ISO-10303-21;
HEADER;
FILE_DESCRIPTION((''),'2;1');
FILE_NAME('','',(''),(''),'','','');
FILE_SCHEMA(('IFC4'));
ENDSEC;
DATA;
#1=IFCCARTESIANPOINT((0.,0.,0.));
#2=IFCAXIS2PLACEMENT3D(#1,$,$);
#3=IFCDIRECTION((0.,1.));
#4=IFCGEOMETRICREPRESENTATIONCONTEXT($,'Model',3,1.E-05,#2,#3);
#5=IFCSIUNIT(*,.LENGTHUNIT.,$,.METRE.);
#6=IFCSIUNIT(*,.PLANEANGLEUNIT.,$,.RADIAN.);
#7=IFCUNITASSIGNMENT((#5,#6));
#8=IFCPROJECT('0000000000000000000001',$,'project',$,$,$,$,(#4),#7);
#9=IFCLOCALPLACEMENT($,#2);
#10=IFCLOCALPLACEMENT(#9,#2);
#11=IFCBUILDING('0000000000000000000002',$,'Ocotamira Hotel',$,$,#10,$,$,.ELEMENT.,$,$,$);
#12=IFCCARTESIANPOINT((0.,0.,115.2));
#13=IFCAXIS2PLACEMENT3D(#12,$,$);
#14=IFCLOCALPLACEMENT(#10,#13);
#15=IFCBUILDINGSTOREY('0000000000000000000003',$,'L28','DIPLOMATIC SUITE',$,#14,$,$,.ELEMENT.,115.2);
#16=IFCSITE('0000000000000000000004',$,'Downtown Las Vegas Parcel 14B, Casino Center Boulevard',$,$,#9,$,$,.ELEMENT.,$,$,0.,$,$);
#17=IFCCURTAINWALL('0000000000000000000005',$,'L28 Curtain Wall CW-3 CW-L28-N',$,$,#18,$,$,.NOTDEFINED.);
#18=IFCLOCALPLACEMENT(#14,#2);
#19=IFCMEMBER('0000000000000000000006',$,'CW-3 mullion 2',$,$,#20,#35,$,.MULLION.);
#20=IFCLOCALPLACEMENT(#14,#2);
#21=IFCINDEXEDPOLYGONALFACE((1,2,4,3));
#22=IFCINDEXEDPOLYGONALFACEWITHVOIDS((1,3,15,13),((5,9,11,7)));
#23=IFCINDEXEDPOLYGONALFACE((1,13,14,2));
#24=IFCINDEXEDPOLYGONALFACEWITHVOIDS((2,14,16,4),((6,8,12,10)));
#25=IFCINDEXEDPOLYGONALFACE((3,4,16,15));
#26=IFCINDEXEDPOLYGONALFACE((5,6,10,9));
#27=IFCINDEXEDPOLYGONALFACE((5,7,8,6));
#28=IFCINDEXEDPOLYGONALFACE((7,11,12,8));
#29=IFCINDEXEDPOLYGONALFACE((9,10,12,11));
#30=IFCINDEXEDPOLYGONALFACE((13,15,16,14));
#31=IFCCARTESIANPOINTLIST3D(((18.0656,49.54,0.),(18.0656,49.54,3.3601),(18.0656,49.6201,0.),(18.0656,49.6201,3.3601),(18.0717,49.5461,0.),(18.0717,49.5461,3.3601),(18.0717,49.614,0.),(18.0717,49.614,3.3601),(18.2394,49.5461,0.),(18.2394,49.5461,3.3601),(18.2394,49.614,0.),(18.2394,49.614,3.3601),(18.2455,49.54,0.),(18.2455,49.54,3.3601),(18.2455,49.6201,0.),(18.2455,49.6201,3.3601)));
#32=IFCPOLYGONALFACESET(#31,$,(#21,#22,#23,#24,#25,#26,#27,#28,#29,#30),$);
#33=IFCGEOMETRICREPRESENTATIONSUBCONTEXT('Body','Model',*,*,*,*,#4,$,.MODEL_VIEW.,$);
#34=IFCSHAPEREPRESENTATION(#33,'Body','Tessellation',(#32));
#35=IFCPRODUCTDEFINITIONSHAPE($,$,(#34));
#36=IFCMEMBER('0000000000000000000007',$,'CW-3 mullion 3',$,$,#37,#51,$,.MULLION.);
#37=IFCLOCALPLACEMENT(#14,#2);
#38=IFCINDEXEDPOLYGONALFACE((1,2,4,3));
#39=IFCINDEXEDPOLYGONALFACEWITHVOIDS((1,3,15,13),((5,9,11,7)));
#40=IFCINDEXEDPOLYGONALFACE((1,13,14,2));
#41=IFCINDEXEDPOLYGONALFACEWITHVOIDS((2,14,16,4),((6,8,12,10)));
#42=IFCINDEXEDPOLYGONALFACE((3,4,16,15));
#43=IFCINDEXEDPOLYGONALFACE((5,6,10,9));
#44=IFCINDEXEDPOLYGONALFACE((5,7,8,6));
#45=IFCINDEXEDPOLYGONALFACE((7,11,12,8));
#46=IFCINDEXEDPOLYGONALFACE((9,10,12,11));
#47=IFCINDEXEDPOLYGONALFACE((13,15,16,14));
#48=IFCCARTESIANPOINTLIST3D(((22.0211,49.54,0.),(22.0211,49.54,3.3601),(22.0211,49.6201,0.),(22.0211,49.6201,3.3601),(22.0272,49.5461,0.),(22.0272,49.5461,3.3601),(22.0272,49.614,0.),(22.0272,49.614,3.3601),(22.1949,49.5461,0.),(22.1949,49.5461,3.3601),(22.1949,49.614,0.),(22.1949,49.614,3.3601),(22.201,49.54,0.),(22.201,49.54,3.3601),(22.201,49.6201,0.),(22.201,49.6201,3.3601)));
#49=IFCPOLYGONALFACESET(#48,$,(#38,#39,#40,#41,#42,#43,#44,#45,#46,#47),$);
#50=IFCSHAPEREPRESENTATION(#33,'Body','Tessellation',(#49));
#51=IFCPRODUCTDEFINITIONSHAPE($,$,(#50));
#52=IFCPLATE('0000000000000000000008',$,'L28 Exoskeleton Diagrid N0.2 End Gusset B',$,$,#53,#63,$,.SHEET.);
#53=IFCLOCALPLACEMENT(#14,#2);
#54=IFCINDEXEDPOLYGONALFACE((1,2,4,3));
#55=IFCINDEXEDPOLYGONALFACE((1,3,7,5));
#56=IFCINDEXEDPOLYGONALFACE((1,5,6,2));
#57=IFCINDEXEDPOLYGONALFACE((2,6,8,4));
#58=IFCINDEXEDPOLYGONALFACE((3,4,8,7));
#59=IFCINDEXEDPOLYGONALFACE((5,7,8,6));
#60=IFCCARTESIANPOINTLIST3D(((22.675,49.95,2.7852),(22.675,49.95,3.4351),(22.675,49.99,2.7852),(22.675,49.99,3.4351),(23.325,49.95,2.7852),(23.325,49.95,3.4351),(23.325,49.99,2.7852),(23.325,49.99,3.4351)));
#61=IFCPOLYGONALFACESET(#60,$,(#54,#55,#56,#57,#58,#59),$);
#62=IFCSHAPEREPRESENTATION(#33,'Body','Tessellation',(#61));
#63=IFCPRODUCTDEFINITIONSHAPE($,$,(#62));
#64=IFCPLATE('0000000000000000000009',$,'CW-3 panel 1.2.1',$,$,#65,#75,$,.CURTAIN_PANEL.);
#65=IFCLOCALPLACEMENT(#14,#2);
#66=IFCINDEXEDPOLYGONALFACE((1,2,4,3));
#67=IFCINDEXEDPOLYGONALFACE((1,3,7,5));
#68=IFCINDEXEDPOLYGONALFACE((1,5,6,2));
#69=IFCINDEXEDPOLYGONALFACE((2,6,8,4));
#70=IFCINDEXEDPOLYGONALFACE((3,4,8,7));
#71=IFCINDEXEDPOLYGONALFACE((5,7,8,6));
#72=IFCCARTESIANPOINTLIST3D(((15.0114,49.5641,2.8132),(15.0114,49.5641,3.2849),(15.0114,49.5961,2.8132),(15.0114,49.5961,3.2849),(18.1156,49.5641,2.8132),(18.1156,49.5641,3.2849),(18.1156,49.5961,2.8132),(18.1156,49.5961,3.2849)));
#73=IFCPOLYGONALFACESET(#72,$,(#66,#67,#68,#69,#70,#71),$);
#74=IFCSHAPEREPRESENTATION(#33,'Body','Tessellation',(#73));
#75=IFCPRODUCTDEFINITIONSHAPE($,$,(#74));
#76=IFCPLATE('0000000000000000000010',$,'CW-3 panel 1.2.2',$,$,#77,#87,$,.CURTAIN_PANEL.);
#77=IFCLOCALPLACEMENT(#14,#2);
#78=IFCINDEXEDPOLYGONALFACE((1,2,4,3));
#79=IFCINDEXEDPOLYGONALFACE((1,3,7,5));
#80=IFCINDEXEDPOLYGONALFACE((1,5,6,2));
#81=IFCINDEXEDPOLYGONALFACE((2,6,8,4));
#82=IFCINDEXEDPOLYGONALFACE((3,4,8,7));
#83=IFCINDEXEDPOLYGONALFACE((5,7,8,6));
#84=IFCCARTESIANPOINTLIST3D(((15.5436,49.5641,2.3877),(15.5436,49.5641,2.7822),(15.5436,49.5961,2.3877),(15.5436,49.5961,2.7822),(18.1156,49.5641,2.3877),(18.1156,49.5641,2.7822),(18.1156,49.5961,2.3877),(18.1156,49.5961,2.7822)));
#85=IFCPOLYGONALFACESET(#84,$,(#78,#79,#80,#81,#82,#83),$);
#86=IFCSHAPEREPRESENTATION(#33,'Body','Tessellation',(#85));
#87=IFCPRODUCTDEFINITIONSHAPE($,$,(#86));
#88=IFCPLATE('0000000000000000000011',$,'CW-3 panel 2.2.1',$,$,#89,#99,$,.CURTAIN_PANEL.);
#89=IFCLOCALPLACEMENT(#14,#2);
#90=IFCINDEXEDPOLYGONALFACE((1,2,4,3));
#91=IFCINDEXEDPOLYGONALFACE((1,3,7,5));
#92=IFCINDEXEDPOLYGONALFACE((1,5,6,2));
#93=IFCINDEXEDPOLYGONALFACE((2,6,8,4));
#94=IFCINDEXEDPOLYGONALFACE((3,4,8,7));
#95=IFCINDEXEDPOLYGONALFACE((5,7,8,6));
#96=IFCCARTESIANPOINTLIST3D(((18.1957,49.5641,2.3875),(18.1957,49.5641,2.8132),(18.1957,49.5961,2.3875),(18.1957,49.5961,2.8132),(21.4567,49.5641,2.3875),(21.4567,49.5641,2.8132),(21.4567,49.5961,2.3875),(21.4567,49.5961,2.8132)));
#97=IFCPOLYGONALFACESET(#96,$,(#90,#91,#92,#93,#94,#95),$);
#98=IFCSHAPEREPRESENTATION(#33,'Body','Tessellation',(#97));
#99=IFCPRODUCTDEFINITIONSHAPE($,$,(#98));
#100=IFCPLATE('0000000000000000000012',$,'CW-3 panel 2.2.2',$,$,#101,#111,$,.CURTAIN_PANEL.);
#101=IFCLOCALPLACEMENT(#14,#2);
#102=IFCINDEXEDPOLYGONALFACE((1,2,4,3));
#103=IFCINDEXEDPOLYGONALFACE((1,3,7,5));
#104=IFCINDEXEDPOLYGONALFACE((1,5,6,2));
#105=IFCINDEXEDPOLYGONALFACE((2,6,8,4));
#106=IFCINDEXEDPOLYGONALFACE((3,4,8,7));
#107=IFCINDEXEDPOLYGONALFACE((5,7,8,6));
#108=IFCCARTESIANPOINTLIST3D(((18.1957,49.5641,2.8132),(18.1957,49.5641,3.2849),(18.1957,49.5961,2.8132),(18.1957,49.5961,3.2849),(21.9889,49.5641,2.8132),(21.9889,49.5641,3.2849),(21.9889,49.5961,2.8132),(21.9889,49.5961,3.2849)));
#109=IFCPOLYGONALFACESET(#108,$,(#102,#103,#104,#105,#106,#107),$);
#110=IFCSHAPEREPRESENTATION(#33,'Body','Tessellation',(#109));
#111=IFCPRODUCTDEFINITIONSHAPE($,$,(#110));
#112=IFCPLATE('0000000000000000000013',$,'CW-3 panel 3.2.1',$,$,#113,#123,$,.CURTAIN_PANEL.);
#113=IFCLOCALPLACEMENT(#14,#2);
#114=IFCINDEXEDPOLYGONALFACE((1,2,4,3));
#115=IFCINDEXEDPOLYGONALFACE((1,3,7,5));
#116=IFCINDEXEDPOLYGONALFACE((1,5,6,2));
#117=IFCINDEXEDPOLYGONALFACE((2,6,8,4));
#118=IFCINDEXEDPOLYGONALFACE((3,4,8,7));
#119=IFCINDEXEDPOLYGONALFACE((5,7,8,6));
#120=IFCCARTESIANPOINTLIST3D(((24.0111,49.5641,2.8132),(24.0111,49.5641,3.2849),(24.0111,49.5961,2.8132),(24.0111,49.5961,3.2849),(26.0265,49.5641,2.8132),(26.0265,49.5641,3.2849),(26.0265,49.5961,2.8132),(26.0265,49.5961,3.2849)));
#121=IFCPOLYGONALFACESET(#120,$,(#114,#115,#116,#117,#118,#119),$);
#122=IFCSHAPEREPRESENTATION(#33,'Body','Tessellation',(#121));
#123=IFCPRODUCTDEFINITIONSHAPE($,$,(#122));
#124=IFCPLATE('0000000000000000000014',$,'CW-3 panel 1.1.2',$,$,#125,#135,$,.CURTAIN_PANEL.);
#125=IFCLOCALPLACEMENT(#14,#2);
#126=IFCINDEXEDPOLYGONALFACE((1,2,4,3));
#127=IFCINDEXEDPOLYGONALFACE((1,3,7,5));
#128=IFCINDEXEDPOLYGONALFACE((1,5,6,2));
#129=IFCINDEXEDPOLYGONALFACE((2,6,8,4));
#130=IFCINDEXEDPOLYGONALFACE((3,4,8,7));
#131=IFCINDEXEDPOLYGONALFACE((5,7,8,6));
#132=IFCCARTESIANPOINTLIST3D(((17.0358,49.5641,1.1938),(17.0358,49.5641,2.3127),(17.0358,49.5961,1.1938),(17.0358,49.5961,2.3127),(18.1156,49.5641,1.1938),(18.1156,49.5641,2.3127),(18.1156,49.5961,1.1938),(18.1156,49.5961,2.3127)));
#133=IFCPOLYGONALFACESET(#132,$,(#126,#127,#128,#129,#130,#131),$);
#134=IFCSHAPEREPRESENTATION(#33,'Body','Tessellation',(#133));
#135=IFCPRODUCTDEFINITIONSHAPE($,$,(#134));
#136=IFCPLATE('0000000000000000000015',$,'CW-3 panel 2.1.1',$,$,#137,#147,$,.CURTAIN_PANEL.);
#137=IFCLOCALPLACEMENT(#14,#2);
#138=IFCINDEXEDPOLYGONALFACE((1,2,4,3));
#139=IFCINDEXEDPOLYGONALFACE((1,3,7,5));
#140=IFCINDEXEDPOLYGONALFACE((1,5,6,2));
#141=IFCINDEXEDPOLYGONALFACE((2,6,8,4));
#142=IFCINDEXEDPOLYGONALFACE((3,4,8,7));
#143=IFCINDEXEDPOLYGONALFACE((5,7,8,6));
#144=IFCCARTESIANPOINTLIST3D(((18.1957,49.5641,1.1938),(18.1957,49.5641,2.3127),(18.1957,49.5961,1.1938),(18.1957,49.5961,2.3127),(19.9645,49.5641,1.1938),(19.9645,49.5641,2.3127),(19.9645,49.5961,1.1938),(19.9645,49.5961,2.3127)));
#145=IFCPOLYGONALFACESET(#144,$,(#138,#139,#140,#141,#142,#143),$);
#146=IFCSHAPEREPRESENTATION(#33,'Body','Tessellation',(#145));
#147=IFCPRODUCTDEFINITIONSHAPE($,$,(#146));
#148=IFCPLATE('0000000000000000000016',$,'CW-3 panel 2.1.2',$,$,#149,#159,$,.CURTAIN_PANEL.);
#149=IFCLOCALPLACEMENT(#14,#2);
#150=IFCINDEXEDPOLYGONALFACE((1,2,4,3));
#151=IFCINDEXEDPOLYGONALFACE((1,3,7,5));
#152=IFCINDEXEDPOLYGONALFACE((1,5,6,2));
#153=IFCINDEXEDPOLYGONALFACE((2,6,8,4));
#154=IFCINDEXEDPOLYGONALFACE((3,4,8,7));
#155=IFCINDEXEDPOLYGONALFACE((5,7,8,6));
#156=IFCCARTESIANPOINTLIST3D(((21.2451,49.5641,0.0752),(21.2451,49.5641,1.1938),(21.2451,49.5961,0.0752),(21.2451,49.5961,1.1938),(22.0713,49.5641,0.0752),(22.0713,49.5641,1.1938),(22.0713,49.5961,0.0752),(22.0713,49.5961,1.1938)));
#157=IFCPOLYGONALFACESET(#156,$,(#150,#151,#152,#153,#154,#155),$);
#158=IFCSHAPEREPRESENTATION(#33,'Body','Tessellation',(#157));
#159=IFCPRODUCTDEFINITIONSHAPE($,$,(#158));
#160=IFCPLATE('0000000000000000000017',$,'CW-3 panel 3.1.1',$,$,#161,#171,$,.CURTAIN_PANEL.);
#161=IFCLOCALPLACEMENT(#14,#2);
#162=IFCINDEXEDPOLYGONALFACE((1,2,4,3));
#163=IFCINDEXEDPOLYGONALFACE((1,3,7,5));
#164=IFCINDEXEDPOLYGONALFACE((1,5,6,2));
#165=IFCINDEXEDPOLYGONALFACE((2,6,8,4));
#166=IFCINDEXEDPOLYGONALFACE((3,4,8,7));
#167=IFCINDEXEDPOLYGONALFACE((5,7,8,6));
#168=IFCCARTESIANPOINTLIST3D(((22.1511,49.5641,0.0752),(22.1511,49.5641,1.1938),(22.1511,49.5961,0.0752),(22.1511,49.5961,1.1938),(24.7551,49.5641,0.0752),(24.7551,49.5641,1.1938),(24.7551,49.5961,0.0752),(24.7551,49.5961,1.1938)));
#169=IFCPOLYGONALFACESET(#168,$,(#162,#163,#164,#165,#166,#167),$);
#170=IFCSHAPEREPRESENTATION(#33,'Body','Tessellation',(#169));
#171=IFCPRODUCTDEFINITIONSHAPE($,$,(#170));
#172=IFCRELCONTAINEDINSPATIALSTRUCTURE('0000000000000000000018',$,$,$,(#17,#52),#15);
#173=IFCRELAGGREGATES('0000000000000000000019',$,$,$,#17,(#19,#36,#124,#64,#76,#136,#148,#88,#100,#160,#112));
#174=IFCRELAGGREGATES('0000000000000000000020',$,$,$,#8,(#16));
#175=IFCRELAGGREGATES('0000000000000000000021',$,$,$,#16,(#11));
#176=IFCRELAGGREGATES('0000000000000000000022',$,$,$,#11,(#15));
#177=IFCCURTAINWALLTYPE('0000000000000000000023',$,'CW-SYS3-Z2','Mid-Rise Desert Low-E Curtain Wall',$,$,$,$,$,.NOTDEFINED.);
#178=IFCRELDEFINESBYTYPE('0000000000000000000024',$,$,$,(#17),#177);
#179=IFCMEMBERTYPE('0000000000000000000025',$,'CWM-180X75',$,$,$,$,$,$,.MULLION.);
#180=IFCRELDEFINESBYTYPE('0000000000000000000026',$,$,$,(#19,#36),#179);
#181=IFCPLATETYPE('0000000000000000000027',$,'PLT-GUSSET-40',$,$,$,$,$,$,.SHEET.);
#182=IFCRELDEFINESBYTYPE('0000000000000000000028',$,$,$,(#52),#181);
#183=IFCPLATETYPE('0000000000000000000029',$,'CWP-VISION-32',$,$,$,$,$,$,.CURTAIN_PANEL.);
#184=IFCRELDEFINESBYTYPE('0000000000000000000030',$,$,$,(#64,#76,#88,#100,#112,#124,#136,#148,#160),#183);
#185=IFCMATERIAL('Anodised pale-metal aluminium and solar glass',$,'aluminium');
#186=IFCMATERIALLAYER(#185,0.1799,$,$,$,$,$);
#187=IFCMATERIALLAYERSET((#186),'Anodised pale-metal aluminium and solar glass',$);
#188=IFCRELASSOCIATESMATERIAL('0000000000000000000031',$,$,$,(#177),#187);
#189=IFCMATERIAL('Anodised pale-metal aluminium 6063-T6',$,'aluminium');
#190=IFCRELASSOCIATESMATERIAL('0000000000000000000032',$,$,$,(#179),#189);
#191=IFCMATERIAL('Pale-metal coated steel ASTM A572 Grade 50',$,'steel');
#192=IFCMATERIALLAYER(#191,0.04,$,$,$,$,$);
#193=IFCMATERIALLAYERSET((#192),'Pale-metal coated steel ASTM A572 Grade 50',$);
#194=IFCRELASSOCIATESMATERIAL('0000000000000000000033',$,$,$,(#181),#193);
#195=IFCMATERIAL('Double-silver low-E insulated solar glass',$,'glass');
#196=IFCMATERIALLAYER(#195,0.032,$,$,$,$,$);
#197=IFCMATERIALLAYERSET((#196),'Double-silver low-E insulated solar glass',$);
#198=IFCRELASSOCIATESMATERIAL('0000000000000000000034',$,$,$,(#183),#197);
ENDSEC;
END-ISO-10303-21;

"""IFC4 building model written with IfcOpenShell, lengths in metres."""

from ifc_helpers import new_model, si_unit, direction, frame, origin, origin_2d, place, context, subcontext, project, spatial, rectangle, hollow_rectangle, extrude, source, transform, mapped, material, layer, layer_set, material_profile, profile_set, type_object, element, aggregate, save


model = new_model("IFC4")

# Units and contexts
model_context = context("Model", 3, precision=1e-05, world=origin(), true_north=direction((0.0, 1.0)))
body_context = subcontext(model_context, "Body", "Model", "MODEL_VIEW")
ifc_project = project(units=[si_unit("LENGTHUNIT", "METRE"), si_unit("PLANEANGLEUNIT", "RADIAN")], contexts=[model_context])

# Site, building, storey
site_placement = place(None, origin())
site = spatial("IfcSite", under=ifc_project, at=site_placement, Name="Downtown Las Vegas Parcel 14B, Casino Center Boulevard", CompositionType="ELEMENT", RefElevation=0.0)
building_placement = place(site_placement, origin())
building = spatial("IfcBuilding", under=site, at=building_placement, Name="Ocotamira Hotel", CompositionType="ELEMENT")
storey_placement = place(building_placement, frame((0.0, 0.0, 115.2)))
storey = spatial("IfcBuildingStorey", under=building, at=storey_placement, Name="L28", Description="DIPLOMATIC SUITE", CompositionType="ELEMENT", Elevation=115.2)

# Curtain wall, members
ifc_material_1 = material(Name="Anodised pale-metal aluminium and solar glass", Category="aluminium")
ifc_layer_1 = layer(ifc_material_1, 0.1799)
ifc_layer_set_1 = layer_set([ifc_layer_1], Name="Anodised pale-metal aluminium and solar glass")
curtain_wall_type = type_object("IfcCurtainWallType", Name="CW-SYS3-Z2", Description="Mid-Rise Desert Low-E Curtain Wall", PredefinedType="NOTDEFINED", material=ifc_layer_set_1)
curtain_wall_placement = place(storey_placement, origin())
curtain_wall = element("IfcCurtainWall", 1, at=curtain_wall_placement, inside=storey, type_object=curtain_wall_type, Name="L28 Curtain Wall CW-3 CW-L28-N", PredefinedType="NOTDEFINED")
ifc_material_2 = material(Name="Anodised pale-metal aluminium 6063-T6", Category="aluminium")
ifc_material_profile_1 = material_profile(ifc_material_2, hollow_rectangle(XDim=0.0801, YDim=0.1799, WallThickness=0.0061, at=origin_2d()), Name="HSS180X80X6")
ifc_profile_set_1 = profile_set([ifc_material_profile_1], Name="Anodised pale-metal aluminium 6063-T6")
member_type_1 = type_object("IfcMemberType", Name="CWM-180X75", PredefinedType="MULLION", material=ifc_profile_set_1)
shared_shape_1 = source(origin(), body_context, "Body", "SweptSolid", [
    extrude(hollow_rectangle(XDim=0.0801, YDim=0.1799, WallThickness=0.0061, at=origin_2d()), origin(), (0.0, 0.0, 1.0), 3.3601),
])
member_1_placement = place(storey_placement, frame((18.1555, 49.5801, 0.0), z_axis=(0.0, 0.0, 1.0), x_axis=(0.0, 1.0, 0.0)))
member_1 = element("IfcMember", 2, at=member_1_placement, type_object=member_type_1, Name="CW-3 mullion 2", PredefinedType="MULLION", context=body_context, shape_type="MappedRepresentation", body=[
    mapped(shared_shape_1, transform((0.0, 0.0, 0.0), scale=1.0)),
])
member_2_placement = place(storey_placement, frame((22.1111, 49.5801, 0.0), z_axis=(0.0, 0.0, 1.0), x_axis=(0.0, 1.0, 0.0)))
member_2 = element("IfcMember", 3, at=member_2_placement, type_object=member_type_1, Name="CW-3 mullion 3", PredefinedType="MULLION", context=body_context, shape_type="MappedRepresentation", body=[
    mapped(shared_shape_1, transform((0.0, 0.0, 0.0), scale=1.0)),
])

# Plates
ifc_material_3 = material(Name="Pale-metal coated steel ASTM A572 Grade 50", Category="steel")
ifc_layer_2 = layer(ifc_material_3, 0.04)
ifc_layer_set_2 = layer_set([ifc_layer_2], Name="Pale-metal coated steel ASTM A572 Grade 50")
plate_type_1 = type_object("IfcPlateType", Name="PLT-GUSSET-40", PredefinedType="SHEET", material=ifc_layer_set_2)
shared_shape_2 = source(origin(), body_context, "Body", "SweptSolid", [
    extrude(rectangle(XDim=0.6499, YDim=0.04, at=origin_2d()), origin(), (0.0, 0.0, 1.0), 0.6499),
])
plate_1_placement = place(storey_placement, frame((23.0, 49.97, 2.7852), z_axis=(0.0, 0.0, 1.0), x_axis=(1.0, 0.0, 0.0)))
element("IfcPlate", 4, at=plate_1_placement, inside=storey, type_object=plate_type_1, Name="L28 Exoskeleton Diagrid N0.2 End Gusset B", PredefinedType="SHEET", context=body_context, shape_type="MappedRepresentation", body=[
    mapped(shared_shape_2, transform((0.0, 0.0, 0.0), scale=1.0)),
])
ifc_material_4 = material(Name="Double-silver low-E insulated solar glass", Category="glass")
ifc_layer_3 = layer(ifc_material_4, 0.032)
ifc_layer_set_3 = layer_set([ifc_layer_3], Name="Double-silver low-E insulated solar glass")
plate_type_2 = type_object("IfcPlateType", Name="CWP-VISION-32", PredefinedType="CURTAIN_PANEL", material=ifc_layer_set_3)
shared_shape_3 = source(origin(), body_context, "Body", "SweptSolid", [
    extrude(rectangle(XDim=3.1042, YDim=0.032, at=origin_2d()), origin(), (0.0, 0.0, 1.0), 0.4717),
])
plate_2_placement = place(storey_placement, frame((16.5635, 49.5801, 2.8132), z_axis=(0.0, 0.0, 1.0), x_axis=(1.0, 0.0, 0.0)))
plate_2 = element("IfcPlate", 5, at=plate_2_placement, type_object=plate_type_2, Name="CW-3 panel 1.2.1", PredefinedType="CURTAIN_PANEL", context=body_context, shape_type="MappedRepresentation", body=[
    mapped(shared_shape_3, transform((0.0, 0.0, 0.0), scale=1.0)),
])
shared_shape_4 = source(origin(), body_context, "Body", "SweptSolid", [
    extrude(rectangle(XDim=2.572, YDim=0.032, at=origin_2d()), origin(), (0.0, 0.0, 1.0), 0.3945),
])
plate_3_placement = place(storey_placement, frame((16.8296, 49.5801, 2.3877), z_axis=(0.0, 0.0, 1.0), x_axis=(1.0, 0.0, 0.0)))
plate_3 = element("IfcPlate", 6, at=plate_3_placement, type_object=plate_type_2, Name="CW-3 panel 1.2.2", PredefinedType="CURTAIN_PANEL", context=body_context, shape_type="MappedRepresentation", body=[
    mapped(shared_shape_4, transform((0.0, 0.0, 0.0), scale=1.0)),
])
shared_shape_5 = source(origin(), body_context, "Body", "SweptSolid", [
    extrude(rectangle(XDim=3.261, YDim=0.032, at=origin_2d()), origin(), (0.0, 0.0, 1.0), 0.4258),
])
plate_4_placement = place(storey_placement, frame((19.8262, 49.5801, 2.3875), z_axis=(0.0, 0.0, 1.0), x_axis=(1.0, 0.0, 0.0)))
plate_4 = element("IfcPlate", 7, at=plate_4_placement, type_object=plate_type_2, Name="CW-3 panel 2.2.1", PredefinedType="CURTAIN_PANEL", context=body_context, shape_type="MappedRepresentation", body=[
    mapped(shared_shape_5, transform((0.0, 0.0, 0.0), scale=1.0)),
])
shared_shape_6 = source(origin(), body_context, "Body", "SweptSolid", [
    extrude(rectangle(XDim=3.7932, YDim=0.032, at=origin_2d()), origin(), (0.0, 0.0, 1.0), 0.4717),
])
plate_5_placement = place(storey_placement, frame((20.0923, 49.5801, 2.8132), z_axis=(0.0, 0.0, 1.0), x_axis=(1.0, 0.0, 0.0)))
plate_5 = element("IfcPlate", 8, at=plate_5_placement, type_object=plate_type_2, Name="CW-3 panel 2.2.2", PredefinedType="CURTAIN_PANEL", context=body_context, shape_type="MappedRepresentation", body=[
    mapped(shared_shape_6, transform((0.0, 0.0, 0.0), scale=1.0)),
])
shared_shape_7 = source(origin(), body_context, "Body", "SweptSolid", [
    extrude(rectangle(XDim=2.0154, YDim=0.032, at=origin_2d()), origin(), (0.0, 0.0, 1.0), 0.4717),
])
plate_6_placement = place(storey_placement, frame((25.0188, 49.5801, 2.8132), z_axis=(0.0, 0.0, 1.0), x_axis=(1.0, 0.0, 0.0)))
plate_6 = element("IfcPlate", 9, at=plate_6_placement, type_object=plate_type_2, Name="CW-3 panel 3.2.1", PredefinedType="CURTAIN_PANEL", context=body_context, shape_type="MappedRepresentation", body=[
    mapped(shared_shape_7, transform((0.0, 0.0, 0.0), scale=1.0)),
])
shared_shape_8 = source(origin(), body_context, "Body", "SweptSolid", [
    extrude(rectangle(XDim=1.0798, YDim=0.032, at=origin_2d()), origin(), (0.0, 0.0, 1.0), 1.1189),
])
plate_7_placement = place(storey_placement, frame((17.5757, 49.5801, 1.1938), z_axis=(0.0, 0.0, 1.0), x_axis=(1.0, 0.0, 0.0)))
plate_7 = element("IfcPlate", 10, at=plate_7_placement, type_object=plate_type_2, Name="CW-3 panel 1.1.2", PredefinedType="CURTAIN_PANEL", context=body_context, shape_type="MappedRepresentation", body=[
    mapped(shared_shape_8, transform((0.0, 0.0, 0.0), scale=1.0)),
])
shared_shape_9 = source(origin(), body_context, "Body", "SweptSolid", [
    extrude(rectangle(XDim=1.7688, YDim=0.032, at=origin_2d()), origin(), (0.0, 0.0, 1.0), 1.1189),
])
plate_8_placement = place(storey_placement, frame((19.0801, 49.5801, 1.1938), z_axis=(0.0, 0.0, 1.0), x_axis=(1.0, 0.0, 0.0)))
plate_8 = element("IfcPlate", 11, at=plate_8_placement, type_object=plate_type_2, Name="CW-3 panel 2.1.1", PredefinedType="CURTAIN_PANEL", context=body_context, shape_type="MappedRepresentation", body=[
    mapped(shared_shape_9, transform((0.0, 0.0, 0.0), scale=1.0)),
])
shared_shape_10 = source(origin(), body_context, "Body", "SweptSolid", [
    extrude(rectangle(XDim=0.8262, YDim=0.032, at=origin_2d()), origin(), (0.0, 0.0, 1.0), 1.1187),
])
plate_9_placement = place(storey_placement, frame((21.6582, 49.5801, 0.0752), z_axis=(0.0, 0.0, 1.0), x_axis=(1.0, 0.0, 0.0)))
plate_9 = element("IfcPlate", 12, at=plate_9_placement, type_object=plate_type_2, Name="CW-3 panel 2.1.2", PredefinedType="CURTAIN_PANEL", context=body_context, shape_type="MappedRepresentation", body=[
    mapped(shared_shape_10, transform((0.0, 0.0, 0.0), scale=1.0)),
])
shared_shape_11 = source(origin(), body_context, "Body", "SweptSolid", [
    extrude(rectangle(XDim=2.604, YDim=0.032, at=origin_2d()), origin(), (0.0, 0.0, 1.0), 1.1187),
])
plate_10_placement = place(storey_placement, frame((23.4531, 49.5801, 0.0752), z_axis=(0.0, 0.0, 1.0), x_axis=(1.0, 0.0, 0.0)))
plate_10 = element("IfcPlate", 13, at=plate_10_placement, type_object=plate_type_2, Name="CW-3 panel 3.1.1", PredefinedType="CURTAIN_PANEL", context=body_context, shape_type="MappedRepresentation", body=[
    mapped(shared_shape_11, transform((0.0, 0.0, 0.0), scale=1.0)),
])
aggregate(curtain_wall, [member_1, member_2, plate_7, plate_2, plate_3, plate_8, plate_9, plate_4, plate_5, plate_10, plate_6])

save(model, "model.ifc")
